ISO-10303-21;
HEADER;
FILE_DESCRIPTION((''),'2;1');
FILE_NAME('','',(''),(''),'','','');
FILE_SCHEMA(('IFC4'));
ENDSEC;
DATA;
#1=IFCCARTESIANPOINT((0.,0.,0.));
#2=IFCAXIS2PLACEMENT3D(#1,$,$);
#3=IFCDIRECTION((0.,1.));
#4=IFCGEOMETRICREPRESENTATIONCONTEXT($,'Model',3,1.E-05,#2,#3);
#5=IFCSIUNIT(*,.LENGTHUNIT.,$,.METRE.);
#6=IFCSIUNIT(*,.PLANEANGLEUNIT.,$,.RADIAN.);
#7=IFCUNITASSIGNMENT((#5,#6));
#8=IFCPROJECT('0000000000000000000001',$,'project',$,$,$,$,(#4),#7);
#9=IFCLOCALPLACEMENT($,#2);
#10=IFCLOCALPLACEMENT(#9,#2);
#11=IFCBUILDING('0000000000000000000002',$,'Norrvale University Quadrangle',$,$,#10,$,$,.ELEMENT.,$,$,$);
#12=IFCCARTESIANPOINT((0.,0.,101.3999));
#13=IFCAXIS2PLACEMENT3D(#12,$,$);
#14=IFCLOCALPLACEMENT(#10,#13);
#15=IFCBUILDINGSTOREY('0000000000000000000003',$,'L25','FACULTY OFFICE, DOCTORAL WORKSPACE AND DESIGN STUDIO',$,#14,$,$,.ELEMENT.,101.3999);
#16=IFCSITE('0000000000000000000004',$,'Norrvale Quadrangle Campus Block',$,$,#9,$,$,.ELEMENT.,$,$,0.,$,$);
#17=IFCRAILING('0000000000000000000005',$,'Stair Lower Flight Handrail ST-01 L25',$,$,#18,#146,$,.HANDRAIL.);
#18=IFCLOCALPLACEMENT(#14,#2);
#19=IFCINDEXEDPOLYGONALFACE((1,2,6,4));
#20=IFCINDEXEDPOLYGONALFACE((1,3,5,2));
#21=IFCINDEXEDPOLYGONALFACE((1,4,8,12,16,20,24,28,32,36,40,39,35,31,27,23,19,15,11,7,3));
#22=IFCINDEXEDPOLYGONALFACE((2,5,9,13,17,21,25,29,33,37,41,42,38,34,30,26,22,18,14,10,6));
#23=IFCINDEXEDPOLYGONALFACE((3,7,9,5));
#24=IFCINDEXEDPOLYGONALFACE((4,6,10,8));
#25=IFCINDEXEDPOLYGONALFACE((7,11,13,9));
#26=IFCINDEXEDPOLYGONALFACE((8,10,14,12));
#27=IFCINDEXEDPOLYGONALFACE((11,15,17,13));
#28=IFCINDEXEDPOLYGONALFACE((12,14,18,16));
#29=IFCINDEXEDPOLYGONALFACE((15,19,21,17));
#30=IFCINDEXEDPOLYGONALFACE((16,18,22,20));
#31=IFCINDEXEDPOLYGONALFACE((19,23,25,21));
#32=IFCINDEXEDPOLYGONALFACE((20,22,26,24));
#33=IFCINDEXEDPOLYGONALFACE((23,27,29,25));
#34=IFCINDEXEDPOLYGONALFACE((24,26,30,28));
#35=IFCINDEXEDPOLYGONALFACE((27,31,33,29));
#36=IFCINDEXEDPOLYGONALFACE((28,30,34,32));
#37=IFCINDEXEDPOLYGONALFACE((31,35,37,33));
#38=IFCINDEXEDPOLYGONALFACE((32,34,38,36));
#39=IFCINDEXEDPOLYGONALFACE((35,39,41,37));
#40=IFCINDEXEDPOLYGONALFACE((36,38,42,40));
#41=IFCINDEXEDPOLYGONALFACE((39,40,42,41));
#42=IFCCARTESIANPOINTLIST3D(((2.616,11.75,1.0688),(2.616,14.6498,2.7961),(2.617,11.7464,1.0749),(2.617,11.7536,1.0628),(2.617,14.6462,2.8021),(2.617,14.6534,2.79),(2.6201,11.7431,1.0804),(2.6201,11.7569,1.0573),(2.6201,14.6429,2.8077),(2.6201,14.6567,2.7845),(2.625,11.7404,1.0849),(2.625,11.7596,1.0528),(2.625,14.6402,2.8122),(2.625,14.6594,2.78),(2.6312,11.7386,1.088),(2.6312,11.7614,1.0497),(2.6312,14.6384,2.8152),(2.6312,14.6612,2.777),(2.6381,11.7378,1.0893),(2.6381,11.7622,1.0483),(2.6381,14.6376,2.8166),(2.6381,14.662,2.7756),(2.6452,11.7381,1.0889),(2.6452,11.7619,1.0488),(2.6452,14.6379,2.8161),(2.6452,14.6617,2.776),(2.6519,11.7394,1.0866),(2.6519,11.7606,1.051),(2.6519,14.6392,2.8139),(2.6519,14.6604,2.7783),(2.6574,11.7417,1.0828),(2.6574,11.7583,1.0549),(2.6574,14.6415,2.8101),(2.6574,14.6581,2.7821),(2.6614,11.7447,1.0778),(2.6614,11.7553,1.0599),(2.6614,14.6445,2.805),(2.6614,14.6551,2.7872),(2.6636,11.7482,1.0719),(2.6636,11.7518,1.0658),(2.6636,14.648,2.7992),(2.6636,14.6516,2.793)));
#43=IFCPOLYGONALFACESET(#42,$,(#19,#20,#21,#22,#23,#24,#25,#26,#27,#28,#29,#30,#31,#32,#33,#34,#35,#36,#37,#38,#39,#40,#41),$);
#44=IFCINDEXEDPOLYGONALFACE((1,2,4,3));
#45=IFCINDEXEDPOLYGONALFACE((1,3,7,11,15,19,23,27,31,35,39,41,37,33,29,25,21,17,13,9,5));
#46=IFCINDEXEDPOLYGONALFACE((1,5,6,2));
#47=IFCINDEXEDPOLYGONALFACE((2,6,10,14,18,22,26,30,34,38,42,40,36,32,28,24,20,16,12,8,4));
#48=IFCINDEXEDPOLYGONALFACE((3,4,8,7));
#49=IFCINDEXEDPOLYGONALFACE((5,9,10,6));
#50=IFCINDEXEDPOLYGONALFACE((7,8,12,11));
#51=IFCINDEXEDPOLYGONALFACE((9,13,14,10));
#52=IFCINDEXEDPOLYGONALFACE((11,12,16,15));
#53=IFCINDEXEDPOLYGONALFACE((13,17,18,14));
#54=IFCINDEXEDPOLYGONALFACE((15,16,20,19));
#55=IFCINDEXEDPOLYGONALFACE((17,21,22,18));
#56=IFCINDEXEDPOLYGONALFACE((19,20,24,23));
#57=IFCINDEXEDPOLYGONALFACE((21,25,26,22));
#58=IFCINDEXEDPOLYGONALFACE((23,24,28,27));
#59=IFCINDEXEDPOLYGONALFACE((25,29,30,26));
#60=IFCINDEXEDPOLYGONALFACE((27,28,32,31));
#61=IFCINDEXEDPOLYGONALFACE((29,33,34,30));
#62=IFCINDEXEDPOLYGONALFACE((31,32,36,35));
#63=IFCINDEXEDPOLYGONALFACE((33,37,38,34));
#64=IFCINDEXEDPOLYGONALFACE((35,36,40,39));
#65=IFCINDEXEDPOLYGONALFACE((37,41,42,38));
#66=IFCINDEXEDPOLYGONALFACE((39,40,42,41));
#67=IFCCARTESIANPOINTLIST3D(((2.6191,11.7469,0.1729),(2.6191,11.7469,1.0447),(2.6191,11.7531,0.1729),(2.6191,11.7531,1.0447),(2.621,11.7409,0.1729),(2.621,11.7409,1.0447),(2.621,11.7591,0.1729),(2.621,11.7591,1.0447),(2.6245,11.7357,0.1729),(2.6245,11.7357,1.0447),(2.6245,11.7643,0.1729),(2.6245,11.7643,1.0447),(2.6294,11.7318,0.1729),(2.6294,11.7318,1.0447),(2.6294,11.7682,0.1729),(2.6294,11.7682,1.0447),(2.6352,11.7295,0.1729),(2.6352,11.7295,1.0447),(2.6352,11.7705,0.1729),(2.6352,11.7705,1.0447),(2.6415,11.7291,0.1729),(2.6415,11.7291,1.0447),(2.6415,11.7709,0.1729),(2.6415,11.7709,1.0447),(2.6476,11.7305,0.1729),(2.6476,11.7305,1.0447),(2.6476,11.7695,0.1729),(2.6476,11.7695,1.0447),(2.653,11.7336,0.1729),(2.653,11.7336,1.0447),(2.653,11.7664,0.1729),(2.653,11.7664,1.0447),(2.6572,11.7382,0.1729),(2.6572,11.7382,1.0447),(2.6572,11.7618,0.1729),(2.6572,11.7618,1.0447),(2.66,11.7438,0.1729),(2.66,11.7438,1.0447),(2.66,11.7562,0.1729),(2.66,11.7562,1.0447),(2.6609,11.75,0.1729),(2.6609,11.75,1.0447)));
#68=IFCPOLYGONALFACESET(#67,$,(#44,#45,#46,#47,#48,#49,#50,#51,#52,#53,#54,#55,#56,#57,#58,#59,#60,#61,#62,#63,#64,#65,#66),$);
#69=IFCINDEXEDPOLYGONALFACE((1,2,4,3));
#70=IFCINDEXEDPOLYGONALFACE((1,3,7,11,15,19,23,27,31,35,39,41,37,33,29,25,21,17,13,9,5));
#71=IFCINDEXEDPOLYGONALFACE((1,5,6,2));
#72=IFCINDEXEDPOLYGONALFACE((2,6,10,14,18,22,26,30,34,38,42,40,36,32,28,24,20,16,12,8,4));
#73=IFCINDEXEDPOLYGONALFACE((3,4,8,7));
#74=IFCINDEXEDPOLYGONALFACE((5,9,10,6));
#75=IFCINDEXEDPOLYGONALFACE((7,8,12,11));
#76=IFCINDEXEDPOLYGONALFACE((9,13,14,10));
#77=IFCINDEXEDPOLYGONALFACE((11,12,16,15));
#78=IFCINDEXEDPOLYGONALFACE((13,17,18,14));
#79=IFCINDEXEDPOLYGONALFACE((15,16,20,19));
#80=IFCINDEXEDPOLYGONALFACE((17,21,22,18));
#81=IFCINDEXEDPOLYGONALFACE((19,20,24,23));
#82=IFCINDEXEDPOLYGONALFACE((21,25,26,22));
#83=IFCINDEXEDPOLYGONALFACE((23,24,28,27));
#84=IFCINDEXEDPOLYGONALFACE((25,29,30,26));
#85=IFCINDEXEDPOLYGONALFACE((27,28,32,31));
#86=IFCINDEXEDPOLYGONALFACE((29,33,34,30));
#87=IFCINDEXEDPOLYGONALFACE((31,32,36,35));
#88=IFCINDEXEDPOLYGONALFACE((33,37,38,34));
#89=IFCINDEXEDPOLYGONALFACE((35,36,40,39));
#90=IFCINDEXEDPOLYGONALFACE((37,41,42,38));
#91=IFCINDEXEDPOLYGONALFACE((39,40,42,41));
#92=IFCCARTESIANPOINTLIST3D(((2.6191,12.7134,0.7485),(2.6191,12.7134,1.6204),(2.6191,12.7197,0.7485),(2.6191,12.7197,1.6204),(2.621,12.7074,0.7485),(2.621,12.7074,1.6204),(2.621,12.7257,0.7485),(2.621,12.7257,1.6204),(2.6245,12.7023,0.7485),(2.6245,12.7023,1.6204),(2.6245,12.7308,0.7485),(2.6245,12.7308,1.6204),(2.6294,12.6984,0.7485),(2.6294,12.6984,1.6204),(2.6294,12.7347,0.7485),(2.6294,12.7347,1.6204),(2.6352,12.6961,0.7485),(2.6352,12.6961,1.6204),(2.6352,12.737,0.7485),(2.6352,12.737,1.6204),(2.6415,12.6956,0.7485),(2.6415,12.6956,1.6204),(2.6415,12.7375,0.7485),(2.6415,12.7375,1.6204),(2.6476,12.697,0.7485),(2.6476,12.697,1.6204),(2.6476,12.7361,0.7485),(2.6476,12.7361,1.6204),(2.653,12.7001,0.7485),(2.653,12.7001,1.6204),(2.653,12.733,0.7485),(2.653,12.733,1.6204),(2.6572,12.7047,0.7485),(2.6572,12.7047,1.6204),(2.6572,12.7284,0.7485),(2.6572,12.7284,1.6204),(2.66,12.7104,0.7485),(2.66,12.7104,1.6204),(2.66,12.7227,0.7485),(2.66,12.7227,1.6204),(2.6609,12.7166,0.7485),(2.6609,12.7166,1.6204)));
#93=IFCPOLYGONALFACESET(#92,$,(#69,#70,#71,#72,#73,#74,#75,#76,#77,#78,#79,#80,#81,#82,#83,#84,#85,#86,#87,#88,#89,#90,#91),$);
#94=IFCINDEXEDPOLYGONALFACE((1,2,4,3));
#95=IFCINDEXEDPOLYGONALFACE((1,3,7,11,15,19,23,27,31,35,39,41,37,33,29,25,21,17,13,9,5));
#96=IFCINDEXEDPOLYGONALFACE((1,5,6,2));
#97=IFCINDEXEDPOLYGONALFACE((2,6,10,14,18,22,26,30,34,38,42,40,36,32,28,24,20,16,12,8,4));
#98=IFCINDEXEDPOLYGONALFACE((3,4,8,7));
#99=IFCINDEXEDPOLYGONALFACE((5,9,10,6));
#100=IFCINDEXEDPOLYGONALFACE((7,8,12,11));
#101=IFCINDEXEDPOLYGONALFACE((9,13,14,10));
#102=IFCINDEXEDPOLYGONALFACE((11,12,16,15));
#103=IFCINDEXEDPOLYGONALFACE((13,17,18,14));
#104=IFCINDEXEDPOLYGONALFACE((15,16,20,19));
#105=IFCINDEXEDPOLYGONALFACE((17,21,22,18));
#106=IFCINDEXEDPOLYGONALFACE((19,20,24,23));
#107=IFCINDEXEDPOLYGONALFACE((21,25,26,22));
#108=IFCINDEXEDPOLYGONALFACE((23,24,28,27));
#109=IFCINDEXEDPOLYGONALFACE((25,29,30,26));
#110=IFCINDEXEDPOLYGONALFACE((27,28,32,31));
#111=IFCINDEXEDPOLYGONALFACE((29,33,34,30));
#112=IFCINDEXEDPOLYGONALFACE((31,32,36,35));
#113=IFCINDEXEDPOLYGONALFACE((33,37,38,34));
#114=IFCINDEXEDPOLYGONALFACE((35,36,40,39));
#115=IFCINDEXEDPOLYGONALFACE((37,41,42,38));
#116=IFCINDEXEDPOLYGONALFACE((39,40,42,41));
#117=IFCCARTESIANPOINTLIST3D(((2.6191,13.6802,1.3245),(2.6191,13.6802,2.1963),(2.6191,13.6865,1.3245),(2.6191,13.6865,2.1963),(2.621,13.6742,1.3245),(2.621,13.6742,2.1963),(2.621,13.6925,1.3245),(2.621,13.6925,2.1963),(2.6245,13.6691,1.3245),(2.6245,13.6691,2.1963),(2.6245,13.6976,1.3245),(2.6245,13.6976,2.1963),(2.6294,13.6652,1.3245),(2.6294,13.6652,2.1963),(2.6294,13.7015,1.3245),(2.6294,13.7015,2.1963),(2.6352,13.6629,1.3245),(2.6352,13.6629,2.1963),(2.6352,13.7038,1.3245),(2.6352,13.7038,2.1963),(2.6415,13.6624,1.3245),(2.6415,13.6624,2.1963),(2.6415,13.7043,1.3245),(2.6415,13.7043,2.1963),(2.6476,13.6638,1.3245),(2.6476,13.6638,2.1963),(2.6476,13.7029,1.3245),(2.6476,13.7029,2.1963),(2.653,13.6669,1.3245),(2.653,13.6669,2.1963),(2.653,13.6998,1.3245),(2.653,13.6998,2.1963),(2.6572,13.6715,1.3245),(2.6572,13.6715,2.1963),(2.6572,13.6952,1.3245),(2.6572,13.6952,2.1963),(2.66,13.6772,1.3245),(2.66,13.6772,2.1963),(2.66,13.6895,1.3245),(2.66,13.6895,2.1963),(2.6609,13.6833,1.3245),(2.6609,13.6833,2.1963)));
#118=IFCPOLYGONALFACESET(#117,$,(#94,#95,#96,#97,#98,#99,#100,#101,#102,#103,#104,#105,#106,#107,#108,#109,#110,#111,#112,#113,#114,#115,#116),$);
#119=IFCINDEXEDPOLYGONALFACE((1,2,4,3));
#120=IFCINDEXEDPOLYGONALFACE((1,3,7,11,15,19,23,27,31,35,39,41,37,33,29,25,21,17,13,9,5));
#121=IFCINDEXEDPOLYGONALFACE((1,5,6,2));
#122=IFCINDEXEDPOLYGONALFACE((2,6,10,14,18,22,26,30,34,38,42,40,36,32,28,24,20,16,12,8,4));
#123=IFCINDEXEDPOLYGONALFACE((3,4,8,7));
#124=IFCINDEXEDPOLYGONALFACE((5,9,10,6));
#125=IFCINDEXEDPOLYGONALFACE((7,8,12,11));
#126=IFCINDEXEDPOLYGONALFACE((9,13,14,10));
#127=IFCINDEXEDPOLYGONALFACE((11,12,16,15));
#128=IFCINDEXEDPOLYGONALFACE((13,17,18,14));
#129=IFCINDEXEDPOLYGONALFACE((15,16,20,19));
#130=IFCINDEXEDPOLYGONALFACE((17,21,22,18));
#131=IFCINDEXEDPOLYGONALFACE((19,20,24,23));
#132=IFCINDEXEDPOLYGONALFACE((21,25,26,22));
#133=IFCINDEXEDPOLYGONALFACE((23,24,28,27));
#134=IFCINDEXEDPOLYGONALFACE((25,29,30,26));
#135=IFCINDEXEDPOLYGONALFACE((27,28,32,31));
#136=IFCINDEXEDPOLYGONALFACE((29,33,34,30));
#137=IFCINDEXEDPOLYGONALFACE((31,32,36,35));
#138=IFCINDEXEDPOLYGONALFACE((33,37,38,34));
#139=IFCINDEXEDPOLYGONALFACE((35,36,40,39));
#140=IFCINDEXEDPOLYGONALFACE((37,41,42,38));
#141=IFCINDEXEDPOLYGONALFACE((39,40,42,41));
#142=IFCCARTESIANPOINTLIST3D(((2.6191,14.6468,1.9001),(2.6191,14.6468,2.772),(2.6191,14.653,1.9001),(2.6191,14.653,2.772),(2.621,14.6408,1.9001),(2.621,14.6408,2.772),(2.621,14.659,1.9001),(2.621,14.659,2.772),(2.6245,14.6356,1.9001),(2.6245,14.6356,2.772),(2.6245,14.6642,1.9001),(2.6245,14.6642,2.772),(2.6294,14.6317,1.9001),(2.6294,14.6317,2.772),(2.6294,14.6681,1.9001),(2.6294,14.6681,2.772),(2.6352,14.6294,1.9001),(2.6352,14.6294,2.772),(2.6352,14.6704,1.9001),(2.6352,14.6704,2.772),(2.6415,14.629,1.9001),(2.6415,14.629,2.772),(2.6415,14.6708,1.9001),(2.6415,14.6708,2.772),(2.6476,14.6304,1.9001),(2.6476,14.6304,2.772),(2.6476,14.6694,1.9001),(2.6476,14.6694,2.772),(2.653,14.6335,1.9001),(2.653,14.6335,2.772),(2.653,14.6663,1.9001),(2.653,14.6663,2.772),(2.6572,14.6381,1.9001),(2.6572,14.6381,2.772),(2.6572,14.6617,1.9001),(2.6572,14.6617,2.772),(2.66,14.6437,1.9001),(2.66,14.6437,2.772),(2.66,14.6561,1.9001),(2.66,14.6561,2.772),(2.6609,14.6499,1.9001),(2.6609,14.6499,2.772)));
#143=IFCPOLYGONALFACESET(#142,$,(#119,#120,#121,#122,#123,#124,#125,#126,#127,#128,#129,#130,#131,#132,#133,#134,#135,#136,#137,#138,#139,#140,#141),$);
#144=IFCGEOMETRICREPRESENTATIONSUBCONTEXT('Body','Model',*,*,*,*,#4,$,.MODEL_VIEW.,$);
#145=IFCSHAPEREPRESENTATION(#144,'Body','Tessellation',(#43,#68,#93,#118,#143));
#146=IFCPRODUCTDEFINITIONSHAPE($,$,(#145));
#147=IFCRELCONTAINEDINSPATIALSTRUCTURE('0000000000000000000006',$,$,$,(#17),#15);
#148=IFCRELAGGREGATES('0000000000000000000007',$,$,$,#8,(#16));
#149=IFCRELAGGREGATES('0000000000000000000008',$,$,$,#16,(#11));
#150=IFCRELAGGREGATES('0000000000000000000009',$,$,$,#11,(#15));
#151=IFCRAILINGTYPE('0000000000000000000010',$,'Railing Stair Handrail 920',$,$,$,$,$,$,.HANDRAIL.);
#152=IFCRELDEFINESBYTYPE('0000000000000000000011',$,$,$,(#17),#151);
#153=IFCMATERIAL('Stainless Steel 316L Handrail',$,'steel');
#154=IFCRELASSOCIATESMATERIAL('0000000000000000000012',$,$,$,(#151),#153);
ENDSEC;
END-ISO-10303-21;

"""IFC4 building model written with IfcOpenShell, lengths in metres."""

from ifc_helpers import new_model, si_unit, direction, frame, origin, origin_2d, place, context, subcontext, project, spatial, circle, extrude, material, type_object, element, save


model = new_model("IFC4")

# Units and contexts
model_context = context("Model", 3, precision=1e-05, world=origin(), true_north=direction((0.0, 1.0)))
body_context = subcontext(model_context, "Body", "Model", "MODEL_VIEW")
ifc_project = project(units=[si_unit("LENGTHUNIT", "METRE"), si_unit("PLANEANGLEUNIT", "RADIAN")], contexts=[model_context])

# Site, building, storey
site_placement = place(None, origin())
site = spatial("IfcSite", under=ifc_project, at=site_placement, Name="Norrvale Quadrangle Campus Block", CompositionType="ELEMENT", RefElevation=0.0)
building_placement = place(site_placement, origin())
building = spatial("IfcBuilding", under=site, at=building_placement, Name="Norrvale University Quadrangle", CompositionType="ELEMENT")
storey_placement = place(building_placement, frame((0.0, 0.0, 101.3999)))
storey = spatial("IfcBuildingStorey", under=building, at=storey_placement, Name="L25", Description="FACULTY OFFICE, DOCTORAL WORKSPACE AND DESIGN STUDIO", CompositionType="ELEMENT", Elevation=101.3999)

# Railing
ifc_material_1 = material(Name="Stainless Steel 316L Handrail", Category="steel")
railing_type_1 = type_object("IfcRailingType", Name="Railing Stair Handrail 920", PredefinedType="HANDRAIL", material=ifc_material_1)
railing_1_placement = place(storey_placement, frame((2.6399, 11.75, 0.1729)))
element("IfcRailing", 1, at=railing_1_placement, inside=storey, type_object=railing_type_1, Name="Stair Lower Flight Handrail ST-01 L25", PredefinedType="HANDRAIL", context=body_context, shape_type="SweptSolid", body=[
    extrude(circle(Radius=0.0239, at=origin_2d()), frame((0.0, 0.0, 0.896), z_axis=(0.0, 0.859141, 0.511738), x_axis=(-1.0, 0.0, 0.0)), (0.0, 0.0, 1.0), 3.3752),
    extrude(circle(Radius=0.021, at=origin_2d()), origin(), (0.0, 0.0, 1.0), 0.8718),
    extrude(circle(Radius=0.021, at=origin_2d()), frame((0.0, 0.9666, 0.5757)), (0.0, 0.0, 1.0), 0.8718),
    extrude(circle(Radius=0.021, at=origin_2d()), frame((0.0, 1.9333, 1.1516)), (0.0, 0.0, 1.0), 0.8718),
    extrude(circle(Radius=0.021, at=origin_2d()), frame((0.0, 2.8999, 1.7273)), (0.0, 0.0, 1.0), 0.8718),
])

save(model, "model.ifc")
